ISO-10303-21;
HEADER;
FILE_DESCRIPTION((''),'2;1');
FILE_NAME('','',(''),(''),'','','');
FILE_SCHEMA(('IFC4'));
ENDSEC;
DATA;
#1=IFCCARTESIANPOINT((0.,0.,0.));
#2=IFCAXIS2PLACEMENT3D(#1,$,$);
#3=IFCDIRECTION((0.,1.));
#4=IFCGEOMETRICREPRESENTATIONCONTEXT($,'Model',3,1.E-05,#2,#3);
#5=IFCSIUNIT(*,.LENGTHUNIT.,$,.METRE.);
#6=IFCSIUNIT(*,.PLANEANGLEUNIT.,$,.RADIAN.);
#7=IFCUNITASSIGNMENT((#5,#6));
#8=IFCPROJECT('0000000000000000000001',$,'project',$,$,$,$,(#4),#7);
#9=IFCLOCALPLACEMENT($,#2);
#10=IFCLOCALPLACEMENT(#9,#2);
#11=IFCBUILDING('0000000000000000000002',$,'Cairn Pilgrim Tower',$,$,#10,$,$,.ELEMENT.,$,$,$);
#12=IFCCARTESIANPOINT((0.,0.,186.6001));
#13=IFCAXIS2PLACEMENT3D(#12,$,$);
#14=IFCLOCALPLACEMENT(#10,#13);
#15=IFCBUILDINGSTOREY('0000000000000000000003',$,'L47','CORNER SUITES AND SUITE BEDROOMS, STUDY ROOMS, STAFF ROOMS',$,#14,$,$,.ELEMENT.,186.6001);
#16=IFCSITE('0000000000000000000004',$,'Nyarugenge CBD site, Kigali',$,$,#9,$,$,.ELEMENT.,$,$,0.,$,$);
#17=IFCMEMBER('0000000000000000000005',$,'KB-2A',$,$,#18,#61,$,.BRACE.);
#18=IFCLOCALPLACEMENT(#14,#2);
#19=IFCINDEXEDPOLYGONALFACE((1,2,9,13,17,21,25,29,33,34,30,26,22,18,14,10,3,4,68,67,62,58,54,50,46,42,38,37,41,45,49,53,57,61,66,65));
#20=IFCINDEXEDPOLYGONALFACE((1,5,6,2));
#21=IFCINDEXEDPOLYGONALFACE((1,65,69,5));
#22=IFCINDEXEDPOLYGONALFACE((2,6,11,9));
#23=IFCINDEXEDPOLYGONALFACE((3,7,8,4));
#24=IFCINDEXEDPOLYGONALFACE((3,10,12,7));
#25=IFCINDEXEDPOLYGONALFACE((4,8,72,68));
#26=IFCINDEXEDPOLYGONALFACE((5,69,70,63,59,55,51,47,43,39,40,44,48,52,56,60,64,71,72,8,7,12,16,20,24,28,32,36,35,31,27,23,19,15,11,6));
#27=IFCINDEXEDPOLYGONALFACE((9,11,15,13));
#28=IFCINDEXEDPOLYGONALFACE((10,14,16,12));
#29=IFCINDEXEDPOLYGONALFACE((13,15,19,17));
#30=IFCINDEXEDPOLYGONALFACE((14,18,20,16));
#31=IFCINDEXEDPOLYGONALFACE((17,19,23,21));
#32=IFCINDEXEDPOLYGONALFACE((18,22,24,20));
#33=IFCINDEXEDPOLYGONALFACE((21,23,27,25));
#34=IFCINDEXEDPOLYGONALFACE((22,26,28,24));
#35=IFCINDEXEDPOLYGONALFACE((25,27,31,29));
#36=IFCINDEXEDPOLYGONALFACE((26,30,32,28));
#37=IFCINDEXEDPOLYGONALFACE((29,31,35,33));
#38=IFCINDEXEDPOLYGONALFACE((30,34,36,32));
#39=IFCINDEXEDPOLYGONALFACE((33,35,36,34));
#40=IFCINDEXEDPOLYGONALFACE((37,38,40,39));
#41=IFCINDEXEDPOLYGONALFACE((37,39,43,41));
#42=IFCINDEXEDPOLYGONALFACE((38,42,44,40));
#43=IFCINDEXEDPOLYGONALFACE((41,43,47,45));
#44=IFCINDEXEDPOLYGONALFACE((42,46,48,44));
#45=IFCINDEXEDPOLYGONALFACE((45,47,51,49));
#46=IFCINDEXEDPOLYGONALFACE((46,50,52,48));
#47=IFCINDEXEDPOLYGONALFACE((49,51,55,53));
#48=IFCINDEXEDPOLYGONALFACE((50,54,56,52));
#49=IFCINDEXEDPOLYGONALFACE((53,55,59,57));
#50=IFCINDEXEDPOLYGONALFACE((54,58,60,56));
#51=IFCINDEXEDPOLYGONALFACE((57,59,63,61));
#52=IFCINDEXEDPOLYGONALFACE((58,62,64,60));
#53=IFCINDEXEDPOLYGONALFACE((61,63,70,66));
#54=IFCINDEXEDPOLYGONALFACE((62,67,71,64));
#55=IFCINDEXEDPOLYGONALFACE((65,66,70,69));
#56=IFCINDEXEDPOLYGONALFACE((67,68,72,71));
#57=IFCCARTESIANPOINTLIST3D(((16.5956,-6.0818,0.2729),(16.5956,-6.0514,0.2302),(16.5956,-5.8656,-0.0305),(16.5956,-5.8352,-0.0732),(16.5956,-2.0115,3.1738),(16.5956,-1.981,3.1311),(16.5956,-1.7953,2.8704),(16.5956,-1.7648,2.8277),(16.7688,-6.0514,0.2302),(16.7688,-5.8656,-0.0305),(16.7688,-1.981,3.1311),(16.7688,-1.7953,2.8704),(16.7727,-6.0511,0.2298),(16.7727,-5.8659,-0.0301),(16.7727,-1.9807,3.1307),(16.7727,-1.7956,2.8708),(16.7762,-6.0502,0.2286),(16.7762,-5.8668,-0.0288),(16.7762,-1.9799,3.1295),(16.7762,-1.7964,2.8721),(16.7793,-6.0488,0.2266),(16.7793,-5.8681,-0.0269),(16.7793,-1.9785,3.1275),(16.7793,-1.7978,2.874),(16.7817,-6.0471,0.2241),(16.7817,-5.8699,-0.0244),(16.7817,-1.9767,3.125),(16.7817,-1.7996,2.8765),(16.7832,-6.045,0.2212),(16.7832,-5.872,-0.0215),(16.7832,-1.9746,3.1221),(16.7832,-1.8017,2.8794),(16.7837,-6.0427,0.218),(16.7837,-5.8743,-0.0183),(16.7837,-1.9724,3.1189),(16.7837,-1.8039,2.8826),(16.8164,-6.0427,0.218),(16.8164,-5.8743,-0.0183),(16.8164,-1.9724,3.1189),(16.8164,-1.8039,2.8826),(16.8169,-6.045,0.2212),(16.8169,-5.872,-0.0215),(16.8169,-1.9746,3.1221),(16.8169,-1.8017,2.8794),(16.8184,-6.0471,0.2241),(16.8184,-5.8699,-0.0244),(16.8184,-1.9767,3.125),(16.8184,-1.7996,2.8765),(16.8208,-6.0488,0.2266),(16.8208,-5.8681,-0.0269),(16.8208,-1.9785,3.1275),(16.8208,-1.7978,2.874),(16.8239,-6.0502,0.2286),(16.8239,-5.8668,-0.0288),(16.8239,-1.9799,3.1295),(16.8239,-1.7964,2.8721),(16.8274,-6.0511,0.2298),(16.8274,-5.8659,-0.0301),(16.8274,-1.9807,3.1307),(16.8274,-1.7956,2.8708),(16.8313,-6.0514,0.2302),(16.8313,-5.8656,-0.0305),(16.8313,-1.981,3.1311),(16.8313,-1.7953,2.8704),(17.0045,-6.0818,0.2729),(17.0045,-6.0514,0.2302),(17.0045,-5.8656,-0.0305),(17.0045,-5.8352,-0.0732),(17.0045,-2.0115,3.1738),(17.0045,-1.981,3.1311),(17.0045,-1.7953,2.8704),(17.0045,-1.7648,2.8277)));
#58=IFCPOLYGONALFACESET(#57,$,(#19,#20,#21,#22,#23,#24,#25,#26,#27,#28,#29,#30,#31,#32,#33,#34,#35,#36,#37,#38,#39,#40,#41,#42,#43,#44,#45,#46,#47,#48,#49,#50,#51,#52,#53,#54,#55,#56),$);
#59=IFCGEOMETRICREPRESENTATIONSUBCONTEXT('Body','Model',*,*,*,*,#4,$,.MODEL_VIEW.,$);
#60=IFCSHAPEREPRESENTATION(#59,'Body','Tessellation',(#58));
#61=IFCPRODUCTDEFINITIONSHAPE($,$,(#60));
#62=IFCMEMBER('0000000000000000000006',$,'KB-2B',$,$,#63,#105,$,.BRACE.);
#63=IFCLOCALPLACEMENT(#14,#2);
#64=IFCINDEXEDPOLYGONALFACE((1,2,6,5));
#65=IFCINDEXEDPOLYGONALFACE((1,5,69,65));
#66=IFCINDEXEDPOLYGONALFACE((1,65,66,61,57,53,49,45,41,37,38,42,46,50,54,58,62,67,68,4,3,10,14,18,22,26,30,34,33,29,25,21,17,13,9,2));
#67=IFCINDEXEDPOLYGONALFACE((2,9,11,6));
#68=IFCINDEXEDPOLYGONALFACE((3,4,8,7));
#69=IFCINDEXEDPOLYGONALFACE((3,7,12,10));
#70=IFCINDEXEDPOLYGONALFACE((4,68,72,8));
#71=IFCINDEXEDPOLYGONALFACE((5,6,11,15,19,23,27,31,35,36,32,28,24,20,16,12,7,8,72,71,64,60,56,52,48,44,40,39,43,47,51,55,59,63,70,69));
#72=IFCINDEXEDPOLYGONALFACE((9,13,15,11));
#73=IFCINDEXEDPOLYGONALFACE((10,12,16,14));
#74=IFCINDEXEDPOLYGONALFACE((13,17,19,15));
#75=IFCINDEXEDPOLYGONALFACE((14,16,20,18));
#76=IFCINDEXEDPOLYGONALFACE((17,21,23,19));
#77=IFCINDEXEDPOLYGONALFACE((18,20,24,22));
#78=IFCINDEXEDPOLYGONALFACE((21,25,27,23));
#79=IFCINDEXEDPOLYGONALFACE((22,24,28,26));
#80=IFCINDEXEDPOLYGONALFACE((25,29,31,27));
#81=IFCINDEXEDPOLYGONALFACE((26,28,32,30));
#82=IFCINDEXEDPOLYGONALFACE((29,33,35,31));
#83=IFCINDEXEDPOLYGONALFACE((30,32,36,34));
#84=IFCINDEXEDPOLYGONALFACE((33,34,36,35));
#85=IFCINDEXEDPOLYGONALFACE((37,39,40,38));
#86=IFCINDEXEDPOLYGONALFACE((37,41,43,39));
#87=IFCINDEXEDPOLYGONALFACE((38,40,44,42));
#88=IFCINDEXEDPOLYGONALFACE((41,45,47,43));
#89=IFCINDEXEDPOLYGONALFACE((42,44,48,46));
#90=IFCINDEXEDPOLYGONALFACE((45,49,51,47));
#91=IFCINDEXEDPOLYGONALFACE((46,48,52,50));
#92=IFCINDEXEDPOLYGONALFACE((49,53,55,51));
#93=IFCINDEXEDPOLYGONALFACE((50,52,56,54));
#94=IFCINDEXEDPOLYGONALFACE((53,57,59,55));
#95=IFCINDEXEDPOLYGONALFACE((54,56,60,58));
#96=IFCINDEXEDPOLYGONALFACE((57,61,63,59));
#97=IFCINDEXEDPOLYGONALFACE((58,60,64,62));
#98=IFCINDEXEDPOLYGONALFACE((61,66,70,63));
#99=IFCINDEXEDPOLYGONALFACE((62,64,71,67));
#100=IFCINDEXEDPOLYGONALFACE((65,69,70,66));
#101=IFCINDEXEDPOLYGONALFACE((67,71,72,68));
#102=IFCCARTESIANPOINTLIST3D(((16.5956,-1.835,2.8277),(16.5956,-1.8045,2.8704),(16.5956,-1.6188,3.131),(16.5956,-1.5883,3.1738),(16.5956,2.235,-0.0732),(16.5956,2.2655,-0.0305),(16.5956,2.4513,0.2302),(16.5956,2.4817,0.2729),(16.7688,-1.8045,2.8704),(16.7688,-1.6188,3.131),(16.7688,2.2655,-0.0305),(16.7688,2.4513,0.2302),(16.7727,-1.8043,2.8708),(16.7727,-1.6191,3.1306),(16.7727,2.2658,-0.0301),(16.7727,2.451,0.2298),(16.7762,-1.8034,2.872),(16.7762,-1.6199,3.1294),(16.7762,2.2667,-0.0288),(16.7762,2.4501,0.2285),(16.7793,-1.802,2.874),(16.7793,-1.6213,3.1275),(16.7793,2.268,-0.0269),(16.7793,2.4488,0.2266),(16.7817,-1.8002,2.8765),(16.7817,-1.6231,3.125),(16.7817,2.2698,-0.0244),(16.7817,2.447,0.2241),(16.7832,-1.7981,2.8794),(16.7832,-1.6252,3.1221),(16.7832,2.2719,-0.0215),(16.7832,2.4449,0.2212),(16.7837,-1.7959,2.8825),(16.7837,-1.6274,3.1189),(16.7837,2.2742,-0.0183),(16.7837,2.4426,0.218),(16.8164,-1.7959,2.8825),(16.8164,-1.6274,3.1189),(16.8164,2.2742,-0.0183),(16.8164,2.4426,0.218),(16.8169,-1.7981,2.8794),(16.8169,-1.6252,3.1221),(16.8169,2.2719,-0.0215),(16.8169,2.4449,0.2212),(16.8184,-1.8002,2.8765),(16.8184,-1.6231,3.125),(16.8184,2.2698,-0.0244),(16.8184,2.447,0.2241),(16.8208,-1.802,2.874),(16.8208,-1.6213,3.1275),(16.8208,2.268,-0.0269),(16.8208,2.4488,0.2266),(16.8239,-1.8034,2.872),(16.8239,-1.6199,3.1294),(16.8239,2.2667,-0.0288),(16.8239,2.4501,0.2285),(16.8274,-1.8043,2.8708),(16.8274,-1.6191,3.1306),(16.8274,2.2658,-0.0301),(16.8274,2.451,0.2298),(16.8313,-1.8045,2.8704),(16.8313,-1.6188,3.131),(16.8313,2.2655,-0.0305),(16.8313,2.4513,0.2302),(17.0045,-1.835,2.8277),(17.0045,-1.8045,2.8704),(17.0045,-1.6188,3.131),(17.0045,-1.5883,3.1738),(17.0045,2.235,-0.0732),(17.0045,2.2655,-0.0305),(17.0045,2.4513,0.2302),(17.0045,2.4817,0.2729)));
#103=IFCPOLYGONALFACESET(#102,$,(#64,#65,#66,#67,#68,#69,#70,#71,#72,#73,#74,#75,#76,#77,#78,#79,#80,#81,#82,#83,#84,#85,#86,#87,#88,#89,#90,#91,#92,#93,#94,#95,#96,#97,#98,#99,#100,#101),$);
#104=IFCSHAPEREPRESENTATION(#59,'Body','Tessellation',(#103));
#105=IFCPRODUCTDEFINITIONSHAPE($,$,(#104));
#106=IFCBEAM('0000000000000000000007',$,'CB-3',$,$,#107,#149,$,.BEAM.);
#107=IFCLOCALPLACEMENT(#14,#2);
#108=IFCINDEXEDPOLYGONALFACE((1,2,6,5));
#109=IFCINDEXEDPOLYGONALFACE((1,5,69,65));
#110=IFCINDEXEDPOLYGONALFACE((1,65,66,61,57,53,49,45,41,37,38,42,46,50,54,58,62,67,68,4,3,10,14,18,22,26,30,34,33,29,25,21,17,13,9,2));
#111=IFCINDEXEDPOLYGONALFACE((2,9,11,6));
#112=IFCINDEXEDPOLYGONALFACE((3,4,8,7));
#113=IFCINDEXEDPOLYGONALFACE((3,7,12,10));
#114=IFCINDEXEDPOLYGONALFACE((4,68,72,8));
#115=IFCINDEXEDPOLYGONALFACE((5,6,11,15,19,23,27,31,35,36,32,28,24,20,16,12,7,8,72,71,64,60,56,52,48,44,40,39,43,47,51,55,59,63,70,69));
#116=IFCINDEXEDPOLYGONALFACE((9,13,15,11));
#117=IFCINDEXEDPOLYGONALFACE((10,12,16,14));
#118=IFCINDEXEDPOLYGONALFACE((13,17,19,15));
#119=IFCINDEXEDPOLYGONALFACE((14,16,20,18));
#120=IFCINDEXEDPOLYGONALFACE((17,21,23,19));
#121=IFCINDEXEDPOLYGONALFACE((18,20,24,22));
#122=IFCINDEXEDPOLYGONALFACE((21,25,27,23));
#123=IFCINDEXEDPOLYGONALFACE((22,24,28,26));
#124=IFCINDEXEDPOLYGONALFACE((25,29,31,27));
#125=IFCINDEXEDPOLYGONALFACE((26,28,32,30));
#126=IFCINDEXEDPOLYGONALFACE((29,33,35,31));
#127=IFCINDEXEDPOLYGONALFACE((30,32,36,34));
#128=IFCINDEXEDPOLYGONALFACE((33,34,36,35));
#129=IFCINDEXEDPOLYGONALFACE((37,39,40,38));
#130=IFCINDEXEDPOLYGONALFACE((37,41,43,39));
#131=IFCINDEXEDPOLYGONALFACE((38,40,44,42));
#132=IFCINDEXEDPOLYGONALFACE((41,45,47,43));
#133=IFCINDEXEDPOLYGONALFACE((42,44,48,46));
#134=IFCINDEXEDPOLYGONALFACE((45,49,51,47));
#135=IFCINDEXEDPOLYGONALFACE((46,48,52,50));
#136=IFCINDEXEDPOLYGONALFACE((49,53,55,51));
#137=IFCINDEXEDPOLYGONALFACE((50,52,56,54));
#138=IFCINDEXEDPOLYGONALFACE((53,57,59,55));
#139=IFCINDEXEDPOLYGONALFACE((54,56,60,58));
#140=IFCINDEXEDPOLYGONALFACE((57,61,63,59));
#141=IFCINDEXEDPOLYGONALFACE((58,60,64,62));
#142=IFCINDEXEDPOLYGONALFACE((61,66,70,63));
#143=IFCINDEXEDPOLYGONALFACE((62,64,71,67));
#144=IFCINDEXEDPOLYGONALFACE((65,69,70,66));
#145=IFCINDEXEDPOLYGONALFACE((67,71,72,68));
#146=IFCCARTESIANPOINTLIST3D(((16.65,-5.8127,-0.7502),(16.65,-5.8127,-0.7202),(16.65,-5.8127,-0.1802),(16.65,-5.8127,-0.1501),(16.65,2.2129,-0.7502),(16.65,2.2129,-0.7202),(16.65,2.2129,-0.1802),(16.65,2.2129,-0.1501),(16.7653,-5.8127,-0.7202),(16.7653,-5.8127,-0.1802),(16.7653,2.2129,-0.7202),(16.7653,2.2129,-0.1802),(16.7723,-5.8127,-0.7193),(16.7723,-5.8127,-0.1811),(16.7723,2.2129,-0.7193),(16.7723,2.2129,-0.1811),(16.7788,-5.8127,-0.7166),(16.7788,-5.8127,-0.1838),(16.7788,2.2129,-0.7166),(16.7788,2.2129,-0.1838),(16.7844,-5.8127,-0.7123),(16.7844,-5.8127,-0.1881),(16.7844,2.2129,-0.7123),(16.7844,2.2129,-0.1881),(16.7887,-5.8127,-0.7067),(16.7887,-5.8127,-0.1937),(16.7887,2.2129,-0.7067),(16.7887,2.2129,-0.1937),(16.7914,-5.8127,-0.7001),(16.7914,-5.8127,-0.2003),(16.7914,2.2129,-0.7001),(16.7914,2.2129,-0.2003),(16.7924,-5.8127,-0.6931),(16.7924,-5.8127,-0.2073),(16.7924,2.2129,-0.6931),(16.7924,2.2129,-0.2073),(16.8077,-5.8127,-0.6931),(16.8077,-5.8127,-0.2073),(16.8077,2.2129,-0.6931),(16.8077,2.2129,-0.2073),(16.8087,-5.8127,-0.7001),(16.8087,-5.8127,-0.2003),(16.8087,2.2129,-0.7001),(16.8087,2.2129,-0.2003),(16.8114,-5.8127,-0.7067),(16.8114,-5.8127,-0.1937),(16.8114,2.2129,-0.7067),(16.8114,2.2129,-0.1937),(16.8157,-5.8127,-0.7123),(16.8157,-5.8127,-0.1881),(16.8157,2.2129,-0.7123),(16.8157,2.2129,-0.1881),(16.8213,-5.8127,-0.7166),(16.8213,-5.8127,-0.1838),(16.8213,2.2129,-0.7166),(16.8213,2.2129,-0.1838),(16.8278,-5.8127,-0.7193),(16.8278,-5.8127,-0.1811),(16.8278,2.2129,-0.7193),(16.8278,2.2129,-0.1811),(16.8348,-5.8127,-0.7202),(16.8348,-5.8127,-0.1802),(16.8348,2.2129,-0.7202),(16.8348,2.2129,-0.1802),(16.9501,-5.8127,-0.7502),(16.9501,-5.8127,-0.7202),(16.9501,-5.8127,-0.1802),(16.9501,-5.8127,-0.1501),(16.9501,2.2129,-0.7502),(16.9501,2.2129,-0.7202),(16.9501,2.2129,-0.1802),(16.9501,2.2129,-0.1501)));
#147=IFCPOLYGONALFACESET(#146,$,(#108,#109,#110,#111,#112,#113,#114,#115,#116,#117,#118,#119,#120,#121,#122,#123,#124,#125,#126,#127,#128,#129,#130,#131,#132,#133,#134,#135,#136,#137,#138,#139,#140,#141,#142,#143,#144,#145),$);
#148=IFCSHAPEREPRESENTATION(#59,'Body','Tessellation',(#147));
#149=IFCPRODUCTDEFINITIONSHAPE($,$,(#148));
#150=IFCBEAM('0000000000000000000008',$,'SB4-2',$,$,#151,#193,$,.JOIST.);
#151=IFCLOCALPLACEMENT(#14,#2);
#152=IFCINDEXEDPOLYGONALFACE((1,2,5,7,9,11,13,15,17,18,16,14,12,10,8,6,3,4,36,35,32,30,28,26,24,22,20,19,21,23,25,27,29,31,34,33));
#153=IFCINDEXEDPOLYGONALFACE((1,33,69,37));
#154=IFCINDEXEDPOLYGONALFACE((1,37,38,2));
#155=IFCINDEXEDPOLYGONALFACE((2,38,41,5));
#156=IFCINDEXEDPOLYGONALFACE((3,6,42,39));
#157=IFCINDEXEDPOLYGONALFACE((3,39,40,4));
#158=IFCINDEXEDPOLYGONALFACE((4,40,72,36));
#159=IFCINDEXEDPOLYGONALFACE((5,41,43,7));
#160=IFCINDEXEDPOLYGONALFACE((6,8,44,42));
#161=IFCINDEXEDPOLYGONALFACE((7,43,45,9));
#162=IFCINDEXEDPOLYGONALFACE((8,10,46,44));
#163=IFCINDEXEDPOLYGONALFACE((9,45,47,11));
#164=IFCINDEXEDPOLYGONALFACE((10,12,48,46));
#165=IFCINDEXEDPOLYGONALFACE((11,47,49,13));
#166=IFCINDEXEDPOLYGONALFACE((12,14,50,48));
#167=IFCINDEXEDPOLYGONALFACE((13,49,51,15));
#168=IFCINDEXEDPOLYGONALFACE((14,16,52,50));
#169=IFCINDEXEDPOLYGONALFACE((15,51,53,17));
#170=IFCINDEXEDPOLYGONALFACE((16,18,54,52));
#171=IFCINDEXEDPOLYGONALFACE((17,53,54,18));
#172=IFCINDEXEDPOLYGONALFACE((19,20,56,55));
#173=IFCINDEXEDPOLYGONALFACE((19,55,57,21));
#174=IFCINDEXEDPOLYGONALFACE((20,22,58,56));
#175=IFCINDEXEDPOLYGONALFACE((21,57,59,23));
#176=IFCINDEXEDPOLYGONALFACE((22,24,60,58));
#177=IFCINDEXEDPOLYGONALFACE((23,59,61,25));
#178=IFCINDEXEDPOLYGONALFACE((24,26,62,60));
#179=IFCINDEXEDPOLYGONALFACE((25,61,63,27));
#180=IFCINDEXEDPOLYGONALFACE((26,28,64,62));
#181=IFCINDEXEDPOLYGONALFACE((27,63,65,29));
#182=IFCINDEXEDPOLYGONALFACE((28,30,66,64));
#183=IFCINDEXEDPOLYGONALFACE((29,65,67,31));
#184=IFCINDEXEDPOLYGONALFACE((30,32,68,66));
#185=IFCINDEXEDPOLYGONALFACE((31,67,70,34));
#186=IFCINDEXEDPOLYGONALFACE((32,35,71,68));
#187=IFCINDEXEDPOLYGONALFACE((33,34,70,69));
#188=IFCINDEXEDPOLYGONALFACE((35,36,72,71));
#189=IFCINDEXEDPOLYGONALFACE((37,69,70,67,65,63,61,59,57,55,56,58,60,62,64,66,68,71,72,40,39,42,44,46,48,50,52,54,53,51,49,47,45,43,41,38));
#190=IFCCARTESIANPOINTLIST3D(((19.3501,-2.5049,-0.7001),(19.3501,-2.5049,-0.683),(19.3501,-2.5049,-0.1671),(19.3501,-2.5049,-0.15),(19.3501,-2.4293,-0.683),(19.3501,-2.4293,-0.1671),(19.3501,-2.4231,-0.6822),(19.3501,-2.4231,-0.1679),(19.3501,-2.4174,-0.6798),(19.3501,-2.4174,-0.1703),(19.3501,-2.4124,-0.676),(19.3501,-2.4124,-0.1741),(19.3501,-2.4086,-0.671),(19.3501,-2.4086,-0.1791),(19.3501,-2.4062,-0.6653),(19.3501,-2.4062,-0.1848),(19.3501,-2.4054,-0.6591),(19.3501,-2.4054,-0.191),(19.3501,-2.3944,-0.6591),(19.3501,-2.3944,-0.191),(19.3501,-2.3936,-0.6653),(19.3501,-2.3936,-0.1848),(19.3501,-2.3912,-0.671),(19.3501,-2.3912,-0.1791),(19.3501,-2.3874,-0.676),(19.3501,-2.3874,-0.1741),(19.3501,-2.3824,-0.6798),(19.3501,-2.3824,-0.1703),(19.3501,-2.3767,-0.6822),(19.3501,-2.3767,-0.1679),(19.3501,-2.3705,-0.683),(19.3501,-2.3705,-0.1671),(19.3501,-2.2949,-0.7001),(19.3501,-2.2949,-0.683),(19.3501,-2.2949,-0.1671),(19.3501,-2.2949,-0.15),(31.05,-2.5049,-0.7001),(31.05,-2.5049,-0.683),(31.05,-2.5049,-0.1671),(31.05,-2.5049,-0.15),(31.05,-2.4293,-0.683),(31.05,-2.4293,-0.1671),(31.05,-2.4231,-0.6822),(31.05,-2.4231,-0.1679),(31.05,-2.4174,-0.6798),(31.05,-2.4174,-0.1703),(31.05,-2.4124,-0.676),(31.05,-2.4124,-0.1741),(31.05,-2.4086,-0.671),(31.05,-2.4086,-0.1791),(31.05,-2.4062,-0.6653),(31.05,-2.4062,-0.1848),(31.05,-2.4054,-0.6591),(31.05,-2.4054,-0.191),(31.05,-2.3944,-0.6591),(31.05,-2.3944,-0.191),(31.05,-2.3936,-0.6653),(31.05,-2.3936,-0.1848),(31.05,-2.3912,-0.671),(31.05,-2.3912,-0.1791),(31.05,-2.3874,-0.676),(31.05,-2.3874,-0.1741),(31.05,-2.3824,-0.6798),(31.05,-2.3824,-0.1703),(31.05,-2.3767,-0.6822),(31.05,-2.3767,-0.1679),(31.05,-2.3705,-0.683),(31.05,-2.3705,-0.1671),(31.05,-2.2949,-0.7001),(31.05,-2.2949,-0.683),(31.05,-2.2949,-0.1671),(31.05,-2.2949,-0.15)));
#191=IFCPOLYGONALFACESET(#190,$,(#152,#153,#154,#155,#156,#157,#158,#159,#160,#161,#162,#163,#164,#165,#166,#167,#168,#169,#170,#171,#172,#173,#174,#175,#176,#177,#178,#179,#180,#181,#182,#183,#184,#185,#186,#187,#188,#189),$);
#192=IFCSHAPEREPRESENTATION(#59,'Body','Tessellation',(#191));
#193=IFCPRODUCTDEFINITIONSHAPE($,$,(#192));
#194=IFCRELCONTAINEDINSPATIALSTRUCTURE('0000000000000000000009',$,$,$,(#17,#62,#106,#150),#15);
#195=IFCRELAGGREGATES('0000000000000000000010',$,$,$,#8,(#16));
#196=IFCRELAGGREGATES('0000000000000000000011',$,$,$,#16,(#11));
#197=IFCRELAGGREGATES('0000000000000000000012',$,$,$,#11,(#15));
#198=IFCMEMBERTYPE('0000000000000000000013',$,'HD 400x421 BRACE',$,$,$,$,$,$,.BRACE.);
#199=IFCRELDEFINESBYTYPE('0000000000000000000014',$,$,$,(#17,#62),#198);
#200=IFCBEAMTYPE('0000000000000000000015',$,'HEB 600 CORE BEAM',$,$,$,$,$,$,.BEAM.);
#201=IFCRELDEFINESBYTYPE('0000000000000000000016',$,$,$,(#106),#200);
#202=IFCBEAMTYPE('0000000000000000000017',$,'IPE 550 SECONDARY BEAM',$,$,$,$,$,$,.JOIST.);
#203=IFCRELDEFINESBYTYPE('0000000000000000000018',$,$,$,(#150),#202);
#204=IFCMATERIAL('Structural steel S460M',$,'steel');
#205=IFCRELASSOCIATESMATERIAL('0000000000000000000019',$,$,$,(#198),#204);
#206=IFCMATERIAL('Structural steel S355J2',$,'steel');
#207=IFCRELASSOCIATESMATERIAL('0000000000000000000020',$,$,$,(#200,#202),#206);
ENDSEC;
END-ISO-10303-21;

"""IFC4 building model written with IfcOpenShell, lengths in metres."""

from ifc_helpers import new_model, si_unit, direction, frame, origin, origin_2d, place, context, subcontext, project, spatial, i_section, extrude, material, material_profile, profile_set, type_object, element, save


model = new_model("IFC4")

# Units and contexts
model_context = context("Model", 3, precision=1e-05, world=origin(), true_north=direction((0.0, 1.0)))
body_context = subcontext(model_context, "Body", "Model", "MODEL_VIEW")
ifc_project = project(units=[si_unit("LENGTHUNIT", "METRE"), si_unit("PLANEANGLEUNIT", "RADIAN")], contexts=[model_context])

# Site, building, storey
site_placement = place(None, origin())
site = spatial("IfcSite", under=ifc_project, at=site_placement, Name="Nyarugenge CBD site, Kigali", CompositionType="ELEMENT", RefElevation=0.0)
building_placement = place(site_placement, origin())
building = spatial("IfcBuilding", under=site, at=building_placement, Name="Cairn Pilgrim Tower", CompositionType="ELEMENT")
storey_placement = place(building_placement, frame((0.0, 0.0, 186.6001)))
storey = spatial("IfcBuildingStorey", under=building, at=storey_placement, Name="L47", Description="CORNER SUITES AND SUITE BEDROOMS, STUDY ROOMS, STAFF ROOMS", CompositionType="ELEMENT", Elevation=186.6001)

# Members
ifc_material_1 = material(Name="Structural steel S460M", Category="steel")
ifc_material_profile_1 = material_profile(ifc_material_1, i_section(OverallWidth=0.4089, OverallDepth=0.425, WebThickness=0.0327, FlangeThickness=0.0525, FilletRadius=0.0149, at=origin_2d()), Name="HD 400x421")
ifc_profile_set_1 = profile_set([ifc_material_profile_1], Name="Structural steel S460M")
member_type = type_object("IfcMemberType", Name="HD 400x421 BRACE", PredefinedType="BRACE", material=ifc_profile_set_1)
member_1_placement = place(storey_placement, frame((16.8, -5.9585, 0.0999), z_axis=(0.0, 0.814347, 0.580378), x_axis=(-1.0, 0.0, 0.0)))
element("IfcMember", 1, at=member_1_placement, inside=storey, type_object=member_type, Name="KB-2A", PredefinedType="BRACE", context=body_context, shape_type="SweptSolid", body=[
    extrude(i_section(OverallWidth=0.4089, OverallDepth=0.425, WebThickness=0.0327, FlangeThickness=0.0525, FilletRadius=0.0149, at=origin_2d()), origin(), (0.0, 0.0, 1.0), 4.9983),
])
member_2_placement = place(storey_placement, frame((16.8, 2.3584, 0.0999), z_axis=(0.0, -0.81433, 0.580402), x_axis=(1.0, 0.0, 0.0)))
element("IfcMember", 2, at=member_2_placement, inside=storey, type_object=member_type, Name="KB-2B", PredefinedType="BRACE", context=body_context, shape_type="SweptSolid", body=[
    extrude(i_section(OverallWidth=0.4089, OverallDepth=0.425, WebThickness=0.0327, FlangeThickness=0.0525, FilletRadius=0.0149, at=origin_2d()), origin(), (0.0, 0.0, 1.0), 4.998),
])

# Beams
ifc_material_2 = material(Name="Structural steel S355J2", Category="steel")
ifc_material_profile_2 = material_profile(ifc_material_2, i_section(OverallWidth=0.3, OverallDepth=0.6001, WebThickness=0.0154, FlangeThickness=0.03, FilletRadius=0.0271, at=origin_2d()), Name="HEB 600")
ifc_profile_set_2 = profile_set([ifc_material_profile_2], Name="Structural steel S355J2")
beam_type_1 = type_object("IfcBeamType", Name="HEB 600 CORE BEAM", PredefinedType="BEAM", material=ifc_profile_set_2)
beam_1_placement = place(storey_placement, frame((16.8, -5.8127, -0.4502), z_axis=(0.0, 1.0, 0.0), x_axis=(-1.0, 0.0, 0.0)))
element("IfcBeam", 3, at=beam_1_placement, inside=storey, type_object=beam_type_1, Name="CB-3", PredefinedType="BEAM", context=body_context, shape_type="SweptSolid", body=[
    extrude(i_section(OverallWidth=0.3, OverallDepth=0.6001, WebThickness=0.0154, FlangeThickness=0.03, FilletRadius=0.0271, at=origin_2d()), origin(), (0.0, 0.0, 1.0), 8.0256),
])
ifc_material_profile_3 = material_profile(ifc_material_2, i_section(OverallWidth=0.21, OverallDepth=0.55, WebThickness=0.011, FlangeThickness=0.0171, FilletRadius=0.0239, at=origin_2d()), Name="IPE 550")
ifc_profile_set_3 = profile_set([ifc_material_profile_3], Name="Structural steel S355J2")
beam_type_2 = type_object("IfcBeamType", Name="IPE 550 SECONDARY BEAM", PredefinedType="JOIST", material=ifc_profile_set_3)
beam_2_placement = place(storey_placement, frame((19.3501, -2.3999, -0.425), z_axis=(1.0, 0.0, 0.0), x_axis=(0.0, 1.0, 0.0)))
element("IfcBeam", 4, at=beam_2_placement, inside=storey, type_object=beam_type_2, Name="SB4-2", PredefinedType="JOIST", context=body_context, shape_type="SweptSolid", body=[
    extrude(i_section(OverallWidth=0.21, OverallDepth=0.55, WebThickness=0.011, FlangeThickness=0.0171, FilletRadius=0.0239, at=origin_2d()), origin(), (0.0, 0.0, 1.0), 11.7),
])

save(model, "model.ifc")
